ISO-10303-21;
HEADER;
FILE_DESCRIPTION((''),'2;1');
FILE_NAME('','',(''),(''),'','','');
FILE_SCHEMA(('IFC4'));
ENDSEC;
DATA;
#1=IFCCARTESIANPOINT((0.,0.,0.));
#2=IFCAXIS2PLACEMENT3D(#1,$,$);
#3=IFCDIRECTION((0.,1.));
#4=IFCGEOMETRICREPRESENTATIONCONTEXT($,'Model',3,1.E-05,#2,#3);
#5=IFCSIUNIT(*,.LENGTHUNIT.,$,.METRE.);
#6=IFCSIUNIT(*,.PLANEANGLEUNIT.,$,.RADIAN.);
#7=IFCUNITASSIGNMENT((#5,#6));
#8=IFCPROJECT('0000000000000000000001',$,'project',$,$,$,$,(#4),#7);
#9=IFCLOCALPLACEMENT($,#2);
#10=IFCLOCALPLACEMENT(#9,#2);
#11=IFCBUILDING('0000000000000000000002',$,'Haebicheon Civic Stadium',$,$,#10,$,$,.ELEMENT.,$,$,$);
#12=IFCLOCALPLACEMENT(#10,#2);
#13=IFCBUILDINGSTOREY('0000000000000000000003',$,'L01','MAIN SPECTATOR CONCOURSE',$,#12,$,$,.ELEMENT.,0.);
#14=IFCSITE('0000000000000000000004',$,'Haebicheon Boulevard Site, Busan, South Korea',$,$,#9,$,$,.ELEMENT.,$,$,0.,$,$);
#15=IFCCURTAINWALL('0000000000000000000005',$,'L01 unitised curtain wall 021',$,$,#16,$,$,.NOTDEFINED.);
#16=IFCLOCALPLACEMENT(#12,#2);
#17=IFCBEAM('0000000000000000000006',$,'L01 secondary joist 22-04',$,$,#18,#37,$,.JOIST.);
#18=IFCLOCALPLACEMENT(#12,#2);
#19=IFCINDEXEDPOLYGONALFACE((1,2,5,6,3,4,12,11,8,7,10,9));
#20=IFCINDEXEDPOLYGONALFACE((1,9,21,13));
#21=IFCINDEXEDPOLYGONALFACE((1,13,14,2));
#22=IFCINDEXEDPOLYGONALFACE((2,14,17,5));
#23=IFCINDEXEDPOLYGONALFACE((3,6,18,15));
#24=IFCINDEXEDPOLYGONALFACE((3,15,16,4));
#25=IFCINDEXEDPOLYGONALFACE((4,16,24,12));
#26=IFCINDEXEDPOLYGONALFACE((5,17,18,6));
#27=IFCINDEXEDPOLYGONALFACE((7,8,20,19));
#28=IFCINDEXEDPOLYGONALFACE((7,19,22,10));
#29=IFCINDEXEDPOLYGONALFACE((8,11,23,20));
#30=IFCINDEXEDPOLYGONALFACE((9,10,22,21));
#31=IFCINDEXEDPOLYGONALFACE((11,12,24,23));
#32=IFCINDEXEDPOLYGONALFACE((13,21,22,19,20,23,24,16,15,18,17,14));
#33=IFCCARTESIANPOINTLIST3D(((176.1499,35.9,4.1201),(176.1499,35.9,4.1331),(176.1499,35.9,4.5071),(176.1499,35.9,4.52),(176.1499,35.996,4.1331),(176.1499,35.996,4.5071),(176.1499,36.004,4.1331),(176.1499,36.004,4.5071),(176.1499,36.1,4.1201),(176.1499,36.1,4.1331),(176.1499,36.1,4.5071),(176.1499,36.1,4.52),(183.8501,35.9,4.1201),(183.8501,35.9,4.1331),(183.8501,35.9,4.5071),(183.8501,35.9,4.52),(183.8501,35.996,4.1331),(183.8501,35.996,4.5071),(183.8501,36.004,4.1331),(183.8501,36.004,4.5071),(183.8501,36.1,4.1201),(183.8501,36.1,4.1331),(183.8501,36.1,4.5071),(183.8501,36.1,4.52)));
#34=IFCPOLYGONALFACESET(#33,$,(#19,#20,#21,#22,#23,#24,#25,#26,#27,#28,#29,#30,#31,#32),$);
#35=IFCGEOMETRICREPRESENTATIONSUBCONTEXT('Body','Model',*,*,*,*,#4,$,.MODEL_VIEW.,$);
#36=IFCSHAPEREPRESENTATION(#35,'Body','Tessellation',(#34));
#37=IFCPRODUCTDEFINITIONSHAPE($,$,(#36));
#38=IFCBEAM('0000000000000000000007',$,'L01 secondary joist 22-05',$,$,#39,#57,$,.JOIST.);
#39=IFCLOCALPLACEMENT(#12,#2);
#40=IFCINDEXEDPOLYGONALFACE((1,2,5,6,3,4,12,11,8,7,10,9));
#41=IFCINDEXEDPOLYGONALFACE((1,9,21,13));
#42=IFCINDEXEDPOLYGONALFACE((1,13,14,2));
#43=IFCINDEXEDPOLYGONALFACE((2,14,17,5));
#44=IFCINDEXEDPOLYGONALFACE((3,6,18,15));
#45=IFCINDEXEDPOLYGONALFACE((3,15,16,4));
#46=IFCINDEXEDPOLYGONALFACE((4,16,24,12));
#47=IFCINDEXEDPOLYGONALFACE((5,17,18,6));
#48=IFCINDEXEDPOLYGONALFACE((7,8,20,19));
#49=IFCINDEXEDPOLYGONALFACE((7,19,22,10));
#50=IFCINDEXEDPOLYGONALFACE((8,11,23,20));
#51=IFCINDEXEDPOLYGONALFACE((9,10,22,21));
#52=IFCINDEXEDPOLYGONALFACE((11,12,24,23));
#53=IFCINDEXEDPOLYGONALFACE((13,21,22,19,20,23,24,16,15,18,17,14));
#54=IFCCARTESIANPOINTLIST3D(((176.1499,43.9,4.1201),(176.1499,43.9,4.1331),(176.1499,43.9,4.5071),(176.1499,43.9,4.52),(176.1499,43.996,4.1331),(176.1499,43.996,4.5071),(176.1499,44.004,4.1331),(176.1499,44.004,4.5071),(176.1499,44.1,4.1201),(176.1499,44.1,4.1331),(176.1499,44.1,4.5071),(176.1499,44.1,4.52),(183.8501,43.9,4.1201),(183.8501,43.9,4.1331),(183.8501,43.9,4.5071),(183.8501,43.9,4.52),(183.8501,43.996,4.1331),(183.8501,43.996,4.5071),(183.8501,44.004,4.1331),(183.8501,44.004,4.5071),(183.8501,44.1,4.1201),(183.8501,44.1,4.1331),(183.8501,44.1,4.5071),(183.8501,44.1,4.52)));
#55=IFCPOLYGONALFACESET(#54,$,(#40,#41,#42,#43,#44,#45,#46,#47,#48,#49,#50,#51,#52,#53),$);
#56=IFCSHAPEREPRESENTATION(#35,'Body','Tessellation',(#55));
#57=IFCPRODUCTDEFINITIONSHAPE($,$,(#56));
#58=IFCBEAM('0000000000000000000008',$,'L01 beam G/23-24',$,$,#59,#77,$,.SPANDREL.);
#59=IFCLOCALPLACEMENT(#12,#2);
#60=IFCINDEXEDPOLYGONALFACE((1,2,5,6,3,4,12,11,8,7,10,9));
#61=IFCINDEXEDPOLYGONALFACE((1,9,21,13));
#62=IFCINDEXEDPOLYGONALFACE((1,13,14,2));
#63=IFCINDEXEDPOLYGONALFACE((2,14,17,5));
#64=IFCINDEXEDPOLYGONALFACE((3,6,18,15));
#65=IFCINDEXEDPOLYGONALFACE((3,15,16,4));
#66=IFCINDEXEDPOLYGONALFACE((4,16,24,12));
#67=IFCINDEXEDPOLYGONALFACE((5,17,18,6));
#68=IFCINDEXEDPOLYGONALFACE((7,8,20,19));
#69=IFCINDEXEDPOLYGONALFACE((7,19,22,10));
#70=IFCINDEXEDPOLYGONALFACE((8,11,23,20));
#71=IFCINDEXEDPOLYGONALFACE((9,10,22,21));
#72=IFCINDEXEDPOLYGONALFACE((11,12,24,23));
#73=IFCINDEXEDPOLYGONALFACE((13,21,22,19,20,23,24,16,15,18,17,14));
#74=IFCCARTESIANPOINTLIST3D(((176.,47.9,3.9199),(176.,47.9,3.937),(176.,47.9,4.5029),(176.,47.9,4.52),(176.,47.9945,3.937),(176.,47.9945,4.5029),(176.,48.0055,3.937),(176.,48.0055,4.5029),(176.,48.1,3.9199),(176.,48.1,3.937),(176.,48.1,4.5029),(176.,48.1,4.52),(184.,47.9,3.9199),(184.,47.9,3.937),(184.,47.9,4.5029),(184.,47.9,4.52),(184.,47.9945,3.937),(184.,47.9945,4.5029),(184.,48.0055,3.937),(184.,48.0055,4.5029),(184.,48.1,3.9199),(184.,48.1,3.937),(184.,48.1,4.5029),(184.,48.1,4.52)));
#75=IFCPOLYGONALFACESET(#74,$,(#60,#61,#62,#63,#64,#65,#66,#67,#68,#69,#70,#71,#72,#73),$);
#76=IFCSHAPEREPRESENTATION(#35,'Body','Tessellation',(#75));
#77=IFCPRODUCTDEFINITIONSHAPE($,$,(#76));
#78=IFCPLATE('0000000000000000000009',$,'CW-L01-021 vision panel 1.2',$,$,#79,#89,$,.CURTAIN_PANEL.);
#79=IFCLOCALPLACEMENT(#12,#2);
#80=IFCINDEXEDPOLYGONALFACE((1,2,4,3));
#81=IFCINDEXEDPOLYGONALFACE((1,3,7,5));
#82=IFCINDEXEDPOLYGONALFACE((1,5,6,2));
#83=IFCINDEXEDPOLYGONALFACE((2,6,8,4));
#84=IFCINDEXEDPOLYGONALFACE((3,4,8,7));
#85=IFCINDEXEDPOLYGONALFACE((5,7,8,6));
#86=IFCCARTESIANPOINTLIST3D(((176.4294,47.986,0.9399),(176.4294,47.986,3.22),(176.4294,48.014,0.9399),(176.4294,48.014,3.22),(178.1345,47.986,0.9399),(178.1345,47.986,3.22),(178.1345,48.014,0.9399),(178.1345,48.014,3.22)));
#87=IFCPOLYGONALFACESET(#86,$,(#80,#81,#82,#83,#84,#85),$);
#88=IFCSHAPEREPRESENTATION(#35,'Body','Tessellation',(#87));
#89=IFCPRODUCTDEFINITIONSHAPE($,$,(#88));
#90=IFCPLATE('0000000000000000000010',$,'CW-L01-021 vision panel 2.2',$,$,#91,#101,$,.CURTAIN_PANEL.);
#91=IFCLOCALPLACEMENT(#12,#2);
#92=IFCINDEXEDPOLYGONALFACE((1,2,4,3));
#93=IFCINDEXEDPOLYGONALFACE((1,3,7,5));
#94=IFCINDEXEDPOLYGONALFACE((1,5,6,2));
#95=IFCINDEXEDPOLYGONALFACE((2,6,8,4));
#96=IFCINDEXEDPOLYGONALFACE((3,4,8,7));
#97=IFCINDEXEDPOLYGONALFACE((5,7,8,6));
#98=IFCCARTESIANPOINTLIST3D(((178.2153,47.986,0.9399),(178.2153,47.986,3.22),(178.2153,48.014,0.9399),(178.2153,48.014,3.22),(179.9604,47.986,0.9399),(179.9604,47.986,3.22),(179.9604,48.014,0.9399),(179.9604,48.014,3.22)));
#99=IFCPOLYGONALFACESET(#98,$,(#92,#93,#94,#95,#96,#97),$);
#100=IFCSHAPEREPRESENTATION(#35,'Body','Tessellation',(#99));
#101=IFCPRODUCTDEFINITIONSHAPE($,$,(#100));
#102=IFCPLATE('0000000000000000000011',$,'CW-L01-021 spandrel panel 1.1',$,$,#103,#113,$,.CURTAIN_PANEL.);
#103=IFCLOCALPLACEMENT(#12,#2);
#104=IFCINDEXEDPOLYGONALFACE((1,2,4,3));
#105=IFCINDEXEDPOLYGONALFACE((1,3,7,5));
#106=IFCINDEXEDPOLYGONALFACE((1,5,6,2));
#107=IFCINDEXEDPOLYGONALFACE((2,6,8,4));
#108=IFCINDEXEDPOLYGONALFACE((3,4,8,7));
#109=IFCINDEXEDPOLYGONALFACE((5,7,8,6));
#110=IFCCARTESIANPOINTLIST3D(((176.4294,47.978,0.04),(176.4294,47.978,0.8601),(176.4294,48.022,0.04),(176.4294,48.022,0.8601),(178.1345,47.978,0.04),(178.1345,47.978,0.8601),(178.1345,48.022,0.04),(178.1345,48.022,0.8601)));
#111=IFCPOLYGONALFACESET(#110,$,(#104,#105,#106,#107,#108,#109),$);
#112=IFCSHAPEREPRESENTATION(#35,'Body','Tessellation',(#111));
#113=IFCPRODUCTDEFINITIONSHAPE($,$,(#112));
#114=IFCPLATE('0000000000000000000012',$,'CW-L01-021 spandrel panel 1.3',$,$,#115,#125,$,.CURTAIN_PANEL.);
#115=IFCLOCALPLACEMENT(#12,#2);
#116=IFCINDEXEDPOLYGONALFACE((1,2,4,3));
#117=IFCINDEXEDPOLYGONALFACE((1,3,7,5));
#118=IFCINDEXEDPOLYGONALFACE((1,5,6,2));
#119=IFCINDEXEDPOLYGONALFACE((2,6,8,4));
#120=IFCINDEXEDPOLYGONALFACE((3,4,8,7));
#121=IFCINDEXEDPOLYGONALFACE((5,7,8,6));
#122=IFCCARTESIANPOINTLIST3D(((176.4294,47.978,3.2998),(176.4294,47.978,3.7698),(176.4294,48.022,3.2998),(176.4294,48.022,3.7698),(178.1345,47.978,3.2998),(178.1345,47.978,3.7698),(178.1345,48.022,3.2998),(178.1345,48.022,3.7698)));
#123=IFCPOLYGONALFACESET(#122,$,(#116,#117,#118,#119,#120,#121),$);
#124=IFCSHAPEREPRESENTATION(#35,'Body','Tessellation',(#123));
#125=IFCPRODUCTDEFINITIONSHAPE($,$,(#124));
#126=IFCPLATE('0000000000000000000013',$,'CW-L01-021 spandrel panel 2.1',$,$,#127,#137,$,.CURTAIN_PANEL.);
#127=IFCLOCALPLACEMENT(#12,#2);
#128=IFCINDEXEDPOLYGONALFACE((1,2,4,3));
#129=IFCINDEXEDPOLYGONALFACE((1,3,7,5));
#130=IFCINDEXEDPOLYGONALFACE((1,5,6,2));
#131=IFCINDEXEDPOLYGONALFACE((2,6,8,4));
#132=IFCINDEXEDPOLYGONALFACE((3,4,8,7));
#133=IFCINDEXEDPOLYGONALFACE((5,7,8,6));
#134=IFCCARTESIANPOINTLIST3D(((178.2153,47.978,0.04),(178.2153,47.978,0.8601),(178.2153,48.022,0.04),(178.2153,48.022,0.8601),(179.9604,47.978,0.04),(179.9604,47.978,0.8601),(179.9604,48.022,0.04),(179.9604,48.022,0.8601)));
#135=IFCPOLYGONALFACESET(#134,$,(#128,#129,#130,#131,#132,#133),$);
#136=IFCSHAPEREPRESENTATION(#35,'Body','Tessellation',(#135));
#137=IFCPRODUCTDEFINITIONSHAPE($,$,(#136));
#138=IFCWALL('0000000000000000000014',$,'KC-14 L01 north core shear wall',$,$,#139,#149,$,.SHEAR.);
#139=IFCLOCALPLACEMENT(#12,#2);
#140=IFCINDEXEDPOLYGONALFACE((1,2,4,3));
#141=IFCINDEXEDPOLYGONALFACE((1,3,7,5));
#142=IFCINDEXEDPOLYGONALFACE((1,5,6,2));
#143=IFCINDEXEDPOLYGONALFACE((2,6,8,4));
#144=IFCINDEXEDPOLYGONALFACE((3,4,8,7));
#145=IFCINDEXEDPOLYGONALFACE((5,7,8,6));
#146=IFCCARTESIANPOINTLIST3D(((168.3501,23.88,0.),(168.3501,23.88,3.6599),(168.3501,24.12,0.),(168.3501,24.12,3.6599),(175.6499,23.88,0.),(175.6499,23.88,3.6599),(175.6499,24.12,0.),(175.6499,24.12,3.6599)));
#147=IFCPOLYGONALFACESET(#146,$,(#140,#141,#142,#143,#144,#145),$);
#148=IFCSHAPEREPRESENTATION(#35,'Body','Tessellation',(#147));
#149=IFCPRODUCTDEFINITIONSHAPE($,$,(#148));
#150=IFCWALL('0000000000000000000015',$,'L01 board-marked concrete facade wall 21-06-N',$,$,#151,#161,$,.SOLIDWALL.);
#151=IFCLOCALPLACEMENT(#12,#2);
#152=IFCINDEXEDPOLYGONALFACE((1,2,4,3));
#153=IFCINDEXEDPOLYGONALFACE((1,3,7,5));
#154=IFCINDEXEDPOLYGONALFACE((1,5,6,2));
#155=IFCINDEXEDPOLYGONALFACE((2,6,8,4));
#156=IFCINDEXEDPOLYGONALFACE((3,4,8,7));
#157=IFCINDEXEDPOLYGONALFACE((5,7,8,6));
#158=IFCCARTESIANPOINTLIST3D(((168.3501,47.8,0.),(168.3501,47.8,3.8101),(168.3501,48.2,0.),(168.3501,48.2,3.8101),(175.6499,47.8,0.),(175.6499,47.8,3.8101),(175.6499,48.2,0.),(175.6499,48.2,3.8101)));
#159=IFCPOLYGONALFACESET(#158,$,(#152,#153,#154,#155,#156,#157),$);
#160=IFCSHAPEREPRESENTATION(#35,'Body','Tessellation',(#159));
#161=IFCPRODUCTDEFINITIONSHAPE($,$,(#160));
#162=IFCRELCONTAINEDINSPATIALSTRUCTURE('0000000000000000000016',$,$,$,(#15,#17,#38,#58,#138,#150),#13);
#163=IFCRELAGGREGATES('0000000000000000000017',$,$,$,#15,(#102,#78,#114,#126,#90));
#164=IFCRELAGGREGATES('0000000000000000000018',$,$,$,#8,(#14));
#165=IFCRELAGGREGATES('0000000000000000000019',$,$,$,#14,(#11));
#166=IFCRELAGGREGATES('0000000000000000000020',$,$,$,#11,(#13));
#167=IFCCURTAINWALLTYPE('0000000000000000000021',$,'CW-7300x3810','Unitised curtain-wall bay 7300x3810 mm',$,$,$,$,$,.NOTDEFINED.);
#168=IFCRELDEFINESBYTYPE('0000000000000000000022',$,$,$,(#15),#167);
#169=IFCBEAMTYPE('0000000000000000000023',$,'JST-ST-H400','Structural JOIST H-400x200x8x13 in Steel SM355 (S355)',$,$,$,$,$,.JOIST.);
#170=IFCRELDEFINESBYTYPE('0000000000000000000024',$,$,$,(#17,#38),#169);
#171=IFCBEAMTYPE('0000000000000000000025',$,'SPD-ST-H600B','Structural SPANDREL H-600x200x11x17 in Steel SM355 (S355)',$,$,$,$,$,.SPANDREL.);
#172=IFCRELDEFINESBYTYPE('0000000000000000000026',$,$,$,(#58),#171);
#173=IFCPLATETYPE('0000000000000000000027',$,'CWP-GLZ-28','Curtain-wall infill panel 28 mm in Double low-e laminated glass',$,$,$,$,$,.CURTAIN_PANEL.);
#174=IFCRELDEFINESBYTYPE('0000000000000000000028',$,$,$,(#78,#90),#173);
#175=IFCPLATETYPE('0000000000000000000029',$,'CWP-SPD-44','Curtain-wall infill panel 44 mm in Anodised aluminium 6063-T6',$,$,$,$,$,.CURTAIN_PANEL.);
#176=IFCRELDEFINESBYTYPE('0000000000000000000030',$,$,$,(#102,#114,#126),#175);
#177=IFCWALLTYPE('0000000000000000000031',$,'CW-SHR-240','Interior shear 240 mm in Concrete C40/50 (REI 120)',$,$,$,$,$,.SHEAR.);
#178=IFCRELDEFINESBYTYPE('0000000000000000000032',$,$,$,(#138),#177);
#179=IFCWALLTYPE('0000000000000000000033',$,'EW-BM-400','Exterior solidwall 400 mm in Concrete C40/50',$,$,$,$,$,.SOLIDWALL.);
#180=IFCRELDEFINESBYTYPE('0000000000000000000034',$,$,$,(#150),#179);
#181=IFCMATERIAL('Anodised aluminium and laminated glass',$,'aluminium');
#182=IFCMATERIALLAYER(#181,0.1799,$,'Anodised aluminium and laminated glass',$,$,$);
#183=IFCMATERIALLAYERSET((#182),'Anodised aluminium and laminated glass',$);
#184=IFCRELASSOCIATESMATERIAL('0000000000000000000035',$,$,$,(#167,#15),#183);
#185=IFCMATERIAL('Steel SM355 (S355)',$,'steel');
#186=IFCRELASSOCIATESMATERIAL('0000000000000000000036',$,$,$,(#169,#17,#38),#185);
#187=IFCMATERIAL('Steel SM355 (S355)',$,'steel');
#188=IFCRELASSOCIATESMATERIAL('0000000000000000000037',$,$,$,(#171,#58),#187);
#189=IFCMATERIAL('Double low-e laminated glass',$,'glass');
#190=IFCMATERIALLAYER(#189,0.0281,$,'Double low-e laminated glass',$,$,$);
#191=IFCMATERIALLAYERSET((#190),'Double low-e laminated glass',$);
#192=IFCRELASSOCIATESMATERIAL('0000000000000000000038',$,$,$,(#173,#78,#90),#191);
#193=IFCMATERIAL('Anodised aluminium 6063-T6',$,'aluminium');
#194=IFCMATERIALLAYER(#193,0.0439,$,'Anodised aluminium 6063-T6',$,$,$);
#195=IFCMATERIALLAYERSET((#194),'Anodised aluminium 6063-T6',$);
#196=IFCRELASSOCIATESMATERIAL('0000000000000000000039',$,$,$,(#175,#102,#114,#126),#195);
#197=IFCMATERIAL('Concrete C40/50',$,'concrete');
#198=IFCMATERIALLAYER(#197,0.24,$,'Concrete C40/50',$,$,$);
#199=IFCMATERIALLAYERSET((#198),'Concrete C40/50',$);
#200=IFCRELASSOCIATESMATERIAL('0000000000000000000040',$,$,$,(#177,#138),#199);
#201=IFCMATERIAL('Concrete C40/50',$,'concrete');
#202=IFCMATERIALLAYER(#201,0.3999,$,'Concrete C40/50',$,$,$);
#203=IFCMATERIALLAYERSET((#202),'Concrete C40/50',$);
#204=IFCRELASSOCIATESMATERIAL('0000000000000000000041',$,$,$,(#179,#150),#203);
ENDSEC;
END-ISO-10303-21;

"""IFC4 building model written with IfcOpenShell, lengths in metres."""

from ifc_helpers import new_model, si_unit, direction, frame, frame_2d, origin, origin_2d, place, context, subcontext, project, spatial, rectangle, i_section, extrude, material, layer, layer_set, material_profile, profile_set, type_object, element, aggregate, save


model = new_model("IFC4")

# Units and contexts
model_context = context("Model", 3, precision=1e-05, world=origin(), true_north=direction((0.0, 1.0)))
body_context = subcontext(model_context, "Body", "Model", "MODEL_VIEW")
ifc_project = project(units=[si_unit("LENGTHUNIT", "METRE"), si_unit("PLANEANGLEUNIT", "RADIAN")], contexts=[model_context])

# Site, building, storey
site_placement = place(None, origin())
site = spatial("IfcSite", under=ifc_project, at=site_placement, Name="Haebicheon Boulevard Site, Busan, South Korea", CompositionType="ELEMENT", RefElevation=0.0)
building_placement = place(site_placement, origin())
building = spatial("IfcBuilding", under=site, at=building_placement, Name="Haebicheon Civic Stadium", CompositionType="ELEMENT")
storey_placement = place(building_placement, origin())
storey = spatial("IfcBuildingStorey", under=building, at=storey_placement, Name="L01", Description="MAIN SPECTATOR CONCOURSE", CompositionType="ELEMENT", Elevation=0.0)

# Curtain wall
ifc_material_1 = material(Name="Anodised aluminium and laminated glass", Category="aluminium")
ifc_layer_1 = layer(ifc_material_1, 0.1799, Name="Anodised aluminium and laminated glass")
ifc_layer_set_1 = layer_set([ifc_layer_1], Name="Anodised aluminium and laminated glass")
curtain_wall_type = type_object("IfcCurtainWallType", Name="CW-7300x3810", Description="Unitised curtain-wall bay 7300x3810 mm", PredefinedType="NOTDEFINED", material=ifc_layer_set_1)
curtain_wall_placement = place(storey_placement, origin())
curtain_wall = element("IfcCurtainWall", 1, at=curtain_wall_placement, inside=storey, type_object=curtain_wall_type, material=ifc_layer_set_1, Name="L01 unitised curtain wall 021", PredefinedType="NOTDEFINED")

# Beams
ifc_material_2 = material(Name="Steel SM355 (S355)", Category="steel")
ifc_material_profile_1 = material_profile(ifc_material_2, i_section(OverallWidth=0.2, OverallDepth=0.3999, WebThickness=0.0081, FlangeThickness=0.0129, at=origin_2d()), Name="H-400x200x8x13")
ifc_profile_set_1 = profile_set([ifc_material_profile_1], Name="Steel SM355 (S355)")
beam_type_1 = type_object("IfcBeamType", Name="JST-ST-H400", Description="Structural JOIST H-400x200x8x13 in Steel SM355 (S355)", PredefinedType="JOIST", material=ifc_profile_set_1)
for number, where, z_axis, x_axis, name in (
    (2, (176.1499, 36.0, 4.3201), (1.0, 0.0, 0.0), (0.0, 1.0, 0.0), "L01 secondary joist 22-04"),
    (3, (176.1499, 44.0, 4.3201), (1.0, 0.0, 0.0), (0.0, 1.0, 0.0), "L01 secondary joist 22-05"),
):
    element("IfcBeam", number, at=place(storey_placement, frame(where, z_axis=z_axis, x_axis=x_axis)), inside=storey, type_object=beam_type_1, material=ifc_profile_set_1, Name=name, PredefinedType="JOIST", context=body_context, shape_type="SweptSolid", body=[
        extrude(i_section(OverallWidth=0.2, OverallDepth=0.3999, WebThickness=0.0081, FlangeThickness=0.0129, at=origin_2d()), origin(), (0.0, 0.0, 1.0), 7.7002),
    ])
ifc_material_3 = material(Name="Steel SM355 (S355)", Category="steel")
ifc_material_profile_2 = material_profile(ifc_material_3, i_section(OverallWidth=0.2, OverallDepth=0.6001, WebThickness=0.011, FlangeThickness=0.0171, at=origin_2d()), Name="H-600x200x11x17")
ifc_profile_set_2 = profile_set([ifc_material_profile_2], Name="Steel SM355 (S355)")
beam_type_2 = type_object("IfcBeamType", Name="SPD-ST-H600B", Description="Structural SPANDREL H-600x200x11x17 in Steel SM355 (S355)", PredefinedType="SPANDREL", material=ifc_profile_set_2)
beam_1_placement = place(storey_placement, frame((176.0, 48.0, 4.22), z_axis=(1.0, 0.0, 0.0), x_axis=(0.0, 1.0, 0.0)))
element("IfcBeam", 4, at=beam_1_placement, inside=storey, type_object=beam_type_2, material=ifc_profile_set_2, Name="L01 beam G/23-24", PredefinedType="SPANDREL", context=body_context, shape_type="SweptSolid", body=[
    extrude(i_section(OverallWidth=0.2, OverallDepth=0.6001, WebThickness=0.011, FlangeThickness=0.0171, at=origin_2d()), origin(), (0.0, 0.0, 1.0), 8.0),
])

# Plates
ifc_material_4 = material(Name="Double low-e laminated glass", Category="glass")
ifc_layer_2 = layer(ifc_material_4, 0.0281, Name="Double low-e laminated glass")
ifc_layer_set_2 = layer_set([ifc_layer_2], Name="Double low-e laminated glass")
plate_type_1 = type_object("IfcPlateType", Name="CWP-GLZ-28", Description="Curtain-wall infill panel 28 mm in Double low-e laminated glass", PredefinedType="CURTAIN_PANEL", material=ifc_layer_set_2)
plate_1_placement = place(storey_placement, frame((177.282, 48.0, 0.9399), z_axis=(0.0, 0.0, 1.0), x_axis=(1.0, 0.0, 0.0)))
plate_1 = element("IfcPlate", 5, at=plate_1_placement, type_object=plate_type_1, material=ifc_layer_set_2, Name="CW-L01-021 vision panel 1.2", PredefinedType="CURTAIN_PANEL", context=body_context, shape_type="SweptSolid", body=[
    extrude(rectangle(XDim=1.7051, YDim=0.0281, at=origin_2d()), origin(), (0.0, 0.0, 1.0), 2.28),
])
plate_2_placement = place(storey_placement, frame((179.0879, 48.0, 0.9399), z_axis=(0.0, 0.0, 1.0), x_axis=(1.0, 0.0, 0.0)))
plate_2 = element("IfcPlate", 6, at=plate_2_placement, type_object=plate_type_1, material=ifc_layer_set_2, Name="CW-L01-021 vision panel 2.2", PredefinedType="CURTAIN_PANEL", context=body_context, shape_type="SweptSolid", body=[
    extrude(rectangle(XDim=1.7451, YDim=0.0281, at=origin_2d()), origin(), (0.0, 0.0, 1.0), 2.28),
])
ifc_material_5 = material(Name="Anodised aluminium 6063-T6", Category="aluminium")
ifc_layer_3 = layer(ifc_material_5, 0.0439, Name="Anodised aluminium 6063-T6")
ifc_layer_set_3 = layer_set([ifc_layer_3], Name="Anodised aluminium 6063-T6")
plate_type_2 = type_object("IfcPlateType", Name="CWP-SPD-44", Description="Curtain-wall infill panel 44 mm in Anodised aluminium 6063-T6", PredefinedType="CURTAIN_PANEL", material=ifc_layer_set_3)
plate_3_placement = place(storey_placement, frame((177.282, 48.0, 0.04), z_axis=(0.0, 0.0, 1.0), x_axis=(1.0, 0.0, 0.0)))
plate_3 = element("IfcPlate", 7, at=plate_3_placement, type_object=plate_type_2, material=ifc_layer_set_3, Name="CW-L01-021 spandrel panel 1.1", PredefinedType="CURTAIN_PANEL", context=body_context, shape_type="SweptSolid", body=[
    extrude(rectangle(XDim=1.7051, YDim=0.0439, at=origin_2d()), origin(), (0.0, 0.0, 1.0), 0.8201),
])
plate_4_placement = place(storey_placement, frame((177.282, 48.0, 3.2998), z_axis=(0.0, 0.0, 1.0), x_axis=(1.0, 0.0, 0.0)))
plate_4 = element("IfcPlate", 8, at=plate_4_placement, type_object=plate_type_2, material=ifc_layer_set_3, Name="CW-L01-021 spandrel panel 1.3", PredefinedType="CURTAIN_PANEL", context=body_context, shape_type="SweptSolid", body=[
    extrude(rectangle(XDim=1.7051, YDim=0.0439, at=origin_2d()), origin(), (0.0, 0.0, 1.0), 0.47),
])
plate_5_placement = place(storey_placement, frame((179.0879, 48.0, 0.04), z_axis=(0.0, 0.0, 1.0), x_axis=(1.0, 0.0, 0.0)))
plate_5 = element("IfcPlate", 9, at=plate_5_placement, type_object=plate_type_2, material=ifc_layer_set_3, Name="CW-L01-021 spandrel panel 2.1", PredefinedType="CURTAIN_PANEL", context=body_context, shape_type="SweptSolid", body=[
    extrude(rectangle(XDim=1.7451, YDim=0.0439, at=origin_2d()), origin(), (0.0, 0.0, 1.0), 0.8201),
])
aggregate(curtain_wall, [plate_3, plate_1, plate_4, plate_5, plate_2])

# Walls
ifc_material_6 = material(Name="Concrete C40/50", Category="concrete")
ifc_layer_4 = layer(ifc_material_6, 0.24, Name="Concrete C40/50")
ifc_layer_set_4 = layer_set([ifc_layer_4], Name="Concrete C40/50")
wall_type_1 = type_object("IfcWallType", Name="CW-SHR-240", Description="Interior shear 240 mm in Concrete C40/50 (REI 120)", PredefinedType="SHEAR", material=ifc_layer_set_4)
wall_1_placement = place(storey_placement, frame((168.3501, 24.0, 0.0), z_axis=(0.0, 0.0, 1.0), x_axis=(1.0, 0.0, 0.0)))
element("IfcWall", 10, at=wall_1_placement, inside=storey, type_object=wall_type_1, material=ifc_layer_set_4, Name="KC-14 L01 north core shear wall", PredefinedType="SHEAR", context=body_context, shape_type="SweptSolid", body=[
    extrude(rectangle(XDim=7.2998, YDim=0.24, at=frame_2d((3.6499, 0.0))), origin(), (0.0, 0.0, 1.0), 3.6599),
])
ifc_material_7 = material(Name="Concrete C40/50", Category="concrete")
ifc_layer_5 = layer(ifc_material_7, 0.3999, Name="Concrete C40/50")
ifc_layer_set_5 = layer_set([ifc_layer_5], Name="Concrete C40/50")
wall_type_2 = type_object("IfcWallType", Name="EW-BM-400", Description="Exterior solidwall 400 mm in Concrete C40/50", PredefinedType="SOLIDWALL", material=ifc_layer_set_5)
wall_2_placement = place(storey_placement, frame((168.3501, 48.0, 0.0), z_axis=(0.0, 0.0, 1.0), x_axis=(1.0, 0.0, 0.0)))
element("IfcWall", 11, at=wall_2_placement, inside=storey, type_object=wall_type_2, material=ifc_layer_set_5, Name="L01 board-marked concrete facade wall 21-06-N", PredefinedType="SOLIDWALL", context=body_context, shape_type="SweptSolid", body=[
    extrude(rectangle(XDim=7.2998, YDim=0.3999, at=frame_2d((3.6499, 0.0))), origin(), (0.0, 0.0, 1.0), 3.8101),
])

save(model, "model.ifc")
